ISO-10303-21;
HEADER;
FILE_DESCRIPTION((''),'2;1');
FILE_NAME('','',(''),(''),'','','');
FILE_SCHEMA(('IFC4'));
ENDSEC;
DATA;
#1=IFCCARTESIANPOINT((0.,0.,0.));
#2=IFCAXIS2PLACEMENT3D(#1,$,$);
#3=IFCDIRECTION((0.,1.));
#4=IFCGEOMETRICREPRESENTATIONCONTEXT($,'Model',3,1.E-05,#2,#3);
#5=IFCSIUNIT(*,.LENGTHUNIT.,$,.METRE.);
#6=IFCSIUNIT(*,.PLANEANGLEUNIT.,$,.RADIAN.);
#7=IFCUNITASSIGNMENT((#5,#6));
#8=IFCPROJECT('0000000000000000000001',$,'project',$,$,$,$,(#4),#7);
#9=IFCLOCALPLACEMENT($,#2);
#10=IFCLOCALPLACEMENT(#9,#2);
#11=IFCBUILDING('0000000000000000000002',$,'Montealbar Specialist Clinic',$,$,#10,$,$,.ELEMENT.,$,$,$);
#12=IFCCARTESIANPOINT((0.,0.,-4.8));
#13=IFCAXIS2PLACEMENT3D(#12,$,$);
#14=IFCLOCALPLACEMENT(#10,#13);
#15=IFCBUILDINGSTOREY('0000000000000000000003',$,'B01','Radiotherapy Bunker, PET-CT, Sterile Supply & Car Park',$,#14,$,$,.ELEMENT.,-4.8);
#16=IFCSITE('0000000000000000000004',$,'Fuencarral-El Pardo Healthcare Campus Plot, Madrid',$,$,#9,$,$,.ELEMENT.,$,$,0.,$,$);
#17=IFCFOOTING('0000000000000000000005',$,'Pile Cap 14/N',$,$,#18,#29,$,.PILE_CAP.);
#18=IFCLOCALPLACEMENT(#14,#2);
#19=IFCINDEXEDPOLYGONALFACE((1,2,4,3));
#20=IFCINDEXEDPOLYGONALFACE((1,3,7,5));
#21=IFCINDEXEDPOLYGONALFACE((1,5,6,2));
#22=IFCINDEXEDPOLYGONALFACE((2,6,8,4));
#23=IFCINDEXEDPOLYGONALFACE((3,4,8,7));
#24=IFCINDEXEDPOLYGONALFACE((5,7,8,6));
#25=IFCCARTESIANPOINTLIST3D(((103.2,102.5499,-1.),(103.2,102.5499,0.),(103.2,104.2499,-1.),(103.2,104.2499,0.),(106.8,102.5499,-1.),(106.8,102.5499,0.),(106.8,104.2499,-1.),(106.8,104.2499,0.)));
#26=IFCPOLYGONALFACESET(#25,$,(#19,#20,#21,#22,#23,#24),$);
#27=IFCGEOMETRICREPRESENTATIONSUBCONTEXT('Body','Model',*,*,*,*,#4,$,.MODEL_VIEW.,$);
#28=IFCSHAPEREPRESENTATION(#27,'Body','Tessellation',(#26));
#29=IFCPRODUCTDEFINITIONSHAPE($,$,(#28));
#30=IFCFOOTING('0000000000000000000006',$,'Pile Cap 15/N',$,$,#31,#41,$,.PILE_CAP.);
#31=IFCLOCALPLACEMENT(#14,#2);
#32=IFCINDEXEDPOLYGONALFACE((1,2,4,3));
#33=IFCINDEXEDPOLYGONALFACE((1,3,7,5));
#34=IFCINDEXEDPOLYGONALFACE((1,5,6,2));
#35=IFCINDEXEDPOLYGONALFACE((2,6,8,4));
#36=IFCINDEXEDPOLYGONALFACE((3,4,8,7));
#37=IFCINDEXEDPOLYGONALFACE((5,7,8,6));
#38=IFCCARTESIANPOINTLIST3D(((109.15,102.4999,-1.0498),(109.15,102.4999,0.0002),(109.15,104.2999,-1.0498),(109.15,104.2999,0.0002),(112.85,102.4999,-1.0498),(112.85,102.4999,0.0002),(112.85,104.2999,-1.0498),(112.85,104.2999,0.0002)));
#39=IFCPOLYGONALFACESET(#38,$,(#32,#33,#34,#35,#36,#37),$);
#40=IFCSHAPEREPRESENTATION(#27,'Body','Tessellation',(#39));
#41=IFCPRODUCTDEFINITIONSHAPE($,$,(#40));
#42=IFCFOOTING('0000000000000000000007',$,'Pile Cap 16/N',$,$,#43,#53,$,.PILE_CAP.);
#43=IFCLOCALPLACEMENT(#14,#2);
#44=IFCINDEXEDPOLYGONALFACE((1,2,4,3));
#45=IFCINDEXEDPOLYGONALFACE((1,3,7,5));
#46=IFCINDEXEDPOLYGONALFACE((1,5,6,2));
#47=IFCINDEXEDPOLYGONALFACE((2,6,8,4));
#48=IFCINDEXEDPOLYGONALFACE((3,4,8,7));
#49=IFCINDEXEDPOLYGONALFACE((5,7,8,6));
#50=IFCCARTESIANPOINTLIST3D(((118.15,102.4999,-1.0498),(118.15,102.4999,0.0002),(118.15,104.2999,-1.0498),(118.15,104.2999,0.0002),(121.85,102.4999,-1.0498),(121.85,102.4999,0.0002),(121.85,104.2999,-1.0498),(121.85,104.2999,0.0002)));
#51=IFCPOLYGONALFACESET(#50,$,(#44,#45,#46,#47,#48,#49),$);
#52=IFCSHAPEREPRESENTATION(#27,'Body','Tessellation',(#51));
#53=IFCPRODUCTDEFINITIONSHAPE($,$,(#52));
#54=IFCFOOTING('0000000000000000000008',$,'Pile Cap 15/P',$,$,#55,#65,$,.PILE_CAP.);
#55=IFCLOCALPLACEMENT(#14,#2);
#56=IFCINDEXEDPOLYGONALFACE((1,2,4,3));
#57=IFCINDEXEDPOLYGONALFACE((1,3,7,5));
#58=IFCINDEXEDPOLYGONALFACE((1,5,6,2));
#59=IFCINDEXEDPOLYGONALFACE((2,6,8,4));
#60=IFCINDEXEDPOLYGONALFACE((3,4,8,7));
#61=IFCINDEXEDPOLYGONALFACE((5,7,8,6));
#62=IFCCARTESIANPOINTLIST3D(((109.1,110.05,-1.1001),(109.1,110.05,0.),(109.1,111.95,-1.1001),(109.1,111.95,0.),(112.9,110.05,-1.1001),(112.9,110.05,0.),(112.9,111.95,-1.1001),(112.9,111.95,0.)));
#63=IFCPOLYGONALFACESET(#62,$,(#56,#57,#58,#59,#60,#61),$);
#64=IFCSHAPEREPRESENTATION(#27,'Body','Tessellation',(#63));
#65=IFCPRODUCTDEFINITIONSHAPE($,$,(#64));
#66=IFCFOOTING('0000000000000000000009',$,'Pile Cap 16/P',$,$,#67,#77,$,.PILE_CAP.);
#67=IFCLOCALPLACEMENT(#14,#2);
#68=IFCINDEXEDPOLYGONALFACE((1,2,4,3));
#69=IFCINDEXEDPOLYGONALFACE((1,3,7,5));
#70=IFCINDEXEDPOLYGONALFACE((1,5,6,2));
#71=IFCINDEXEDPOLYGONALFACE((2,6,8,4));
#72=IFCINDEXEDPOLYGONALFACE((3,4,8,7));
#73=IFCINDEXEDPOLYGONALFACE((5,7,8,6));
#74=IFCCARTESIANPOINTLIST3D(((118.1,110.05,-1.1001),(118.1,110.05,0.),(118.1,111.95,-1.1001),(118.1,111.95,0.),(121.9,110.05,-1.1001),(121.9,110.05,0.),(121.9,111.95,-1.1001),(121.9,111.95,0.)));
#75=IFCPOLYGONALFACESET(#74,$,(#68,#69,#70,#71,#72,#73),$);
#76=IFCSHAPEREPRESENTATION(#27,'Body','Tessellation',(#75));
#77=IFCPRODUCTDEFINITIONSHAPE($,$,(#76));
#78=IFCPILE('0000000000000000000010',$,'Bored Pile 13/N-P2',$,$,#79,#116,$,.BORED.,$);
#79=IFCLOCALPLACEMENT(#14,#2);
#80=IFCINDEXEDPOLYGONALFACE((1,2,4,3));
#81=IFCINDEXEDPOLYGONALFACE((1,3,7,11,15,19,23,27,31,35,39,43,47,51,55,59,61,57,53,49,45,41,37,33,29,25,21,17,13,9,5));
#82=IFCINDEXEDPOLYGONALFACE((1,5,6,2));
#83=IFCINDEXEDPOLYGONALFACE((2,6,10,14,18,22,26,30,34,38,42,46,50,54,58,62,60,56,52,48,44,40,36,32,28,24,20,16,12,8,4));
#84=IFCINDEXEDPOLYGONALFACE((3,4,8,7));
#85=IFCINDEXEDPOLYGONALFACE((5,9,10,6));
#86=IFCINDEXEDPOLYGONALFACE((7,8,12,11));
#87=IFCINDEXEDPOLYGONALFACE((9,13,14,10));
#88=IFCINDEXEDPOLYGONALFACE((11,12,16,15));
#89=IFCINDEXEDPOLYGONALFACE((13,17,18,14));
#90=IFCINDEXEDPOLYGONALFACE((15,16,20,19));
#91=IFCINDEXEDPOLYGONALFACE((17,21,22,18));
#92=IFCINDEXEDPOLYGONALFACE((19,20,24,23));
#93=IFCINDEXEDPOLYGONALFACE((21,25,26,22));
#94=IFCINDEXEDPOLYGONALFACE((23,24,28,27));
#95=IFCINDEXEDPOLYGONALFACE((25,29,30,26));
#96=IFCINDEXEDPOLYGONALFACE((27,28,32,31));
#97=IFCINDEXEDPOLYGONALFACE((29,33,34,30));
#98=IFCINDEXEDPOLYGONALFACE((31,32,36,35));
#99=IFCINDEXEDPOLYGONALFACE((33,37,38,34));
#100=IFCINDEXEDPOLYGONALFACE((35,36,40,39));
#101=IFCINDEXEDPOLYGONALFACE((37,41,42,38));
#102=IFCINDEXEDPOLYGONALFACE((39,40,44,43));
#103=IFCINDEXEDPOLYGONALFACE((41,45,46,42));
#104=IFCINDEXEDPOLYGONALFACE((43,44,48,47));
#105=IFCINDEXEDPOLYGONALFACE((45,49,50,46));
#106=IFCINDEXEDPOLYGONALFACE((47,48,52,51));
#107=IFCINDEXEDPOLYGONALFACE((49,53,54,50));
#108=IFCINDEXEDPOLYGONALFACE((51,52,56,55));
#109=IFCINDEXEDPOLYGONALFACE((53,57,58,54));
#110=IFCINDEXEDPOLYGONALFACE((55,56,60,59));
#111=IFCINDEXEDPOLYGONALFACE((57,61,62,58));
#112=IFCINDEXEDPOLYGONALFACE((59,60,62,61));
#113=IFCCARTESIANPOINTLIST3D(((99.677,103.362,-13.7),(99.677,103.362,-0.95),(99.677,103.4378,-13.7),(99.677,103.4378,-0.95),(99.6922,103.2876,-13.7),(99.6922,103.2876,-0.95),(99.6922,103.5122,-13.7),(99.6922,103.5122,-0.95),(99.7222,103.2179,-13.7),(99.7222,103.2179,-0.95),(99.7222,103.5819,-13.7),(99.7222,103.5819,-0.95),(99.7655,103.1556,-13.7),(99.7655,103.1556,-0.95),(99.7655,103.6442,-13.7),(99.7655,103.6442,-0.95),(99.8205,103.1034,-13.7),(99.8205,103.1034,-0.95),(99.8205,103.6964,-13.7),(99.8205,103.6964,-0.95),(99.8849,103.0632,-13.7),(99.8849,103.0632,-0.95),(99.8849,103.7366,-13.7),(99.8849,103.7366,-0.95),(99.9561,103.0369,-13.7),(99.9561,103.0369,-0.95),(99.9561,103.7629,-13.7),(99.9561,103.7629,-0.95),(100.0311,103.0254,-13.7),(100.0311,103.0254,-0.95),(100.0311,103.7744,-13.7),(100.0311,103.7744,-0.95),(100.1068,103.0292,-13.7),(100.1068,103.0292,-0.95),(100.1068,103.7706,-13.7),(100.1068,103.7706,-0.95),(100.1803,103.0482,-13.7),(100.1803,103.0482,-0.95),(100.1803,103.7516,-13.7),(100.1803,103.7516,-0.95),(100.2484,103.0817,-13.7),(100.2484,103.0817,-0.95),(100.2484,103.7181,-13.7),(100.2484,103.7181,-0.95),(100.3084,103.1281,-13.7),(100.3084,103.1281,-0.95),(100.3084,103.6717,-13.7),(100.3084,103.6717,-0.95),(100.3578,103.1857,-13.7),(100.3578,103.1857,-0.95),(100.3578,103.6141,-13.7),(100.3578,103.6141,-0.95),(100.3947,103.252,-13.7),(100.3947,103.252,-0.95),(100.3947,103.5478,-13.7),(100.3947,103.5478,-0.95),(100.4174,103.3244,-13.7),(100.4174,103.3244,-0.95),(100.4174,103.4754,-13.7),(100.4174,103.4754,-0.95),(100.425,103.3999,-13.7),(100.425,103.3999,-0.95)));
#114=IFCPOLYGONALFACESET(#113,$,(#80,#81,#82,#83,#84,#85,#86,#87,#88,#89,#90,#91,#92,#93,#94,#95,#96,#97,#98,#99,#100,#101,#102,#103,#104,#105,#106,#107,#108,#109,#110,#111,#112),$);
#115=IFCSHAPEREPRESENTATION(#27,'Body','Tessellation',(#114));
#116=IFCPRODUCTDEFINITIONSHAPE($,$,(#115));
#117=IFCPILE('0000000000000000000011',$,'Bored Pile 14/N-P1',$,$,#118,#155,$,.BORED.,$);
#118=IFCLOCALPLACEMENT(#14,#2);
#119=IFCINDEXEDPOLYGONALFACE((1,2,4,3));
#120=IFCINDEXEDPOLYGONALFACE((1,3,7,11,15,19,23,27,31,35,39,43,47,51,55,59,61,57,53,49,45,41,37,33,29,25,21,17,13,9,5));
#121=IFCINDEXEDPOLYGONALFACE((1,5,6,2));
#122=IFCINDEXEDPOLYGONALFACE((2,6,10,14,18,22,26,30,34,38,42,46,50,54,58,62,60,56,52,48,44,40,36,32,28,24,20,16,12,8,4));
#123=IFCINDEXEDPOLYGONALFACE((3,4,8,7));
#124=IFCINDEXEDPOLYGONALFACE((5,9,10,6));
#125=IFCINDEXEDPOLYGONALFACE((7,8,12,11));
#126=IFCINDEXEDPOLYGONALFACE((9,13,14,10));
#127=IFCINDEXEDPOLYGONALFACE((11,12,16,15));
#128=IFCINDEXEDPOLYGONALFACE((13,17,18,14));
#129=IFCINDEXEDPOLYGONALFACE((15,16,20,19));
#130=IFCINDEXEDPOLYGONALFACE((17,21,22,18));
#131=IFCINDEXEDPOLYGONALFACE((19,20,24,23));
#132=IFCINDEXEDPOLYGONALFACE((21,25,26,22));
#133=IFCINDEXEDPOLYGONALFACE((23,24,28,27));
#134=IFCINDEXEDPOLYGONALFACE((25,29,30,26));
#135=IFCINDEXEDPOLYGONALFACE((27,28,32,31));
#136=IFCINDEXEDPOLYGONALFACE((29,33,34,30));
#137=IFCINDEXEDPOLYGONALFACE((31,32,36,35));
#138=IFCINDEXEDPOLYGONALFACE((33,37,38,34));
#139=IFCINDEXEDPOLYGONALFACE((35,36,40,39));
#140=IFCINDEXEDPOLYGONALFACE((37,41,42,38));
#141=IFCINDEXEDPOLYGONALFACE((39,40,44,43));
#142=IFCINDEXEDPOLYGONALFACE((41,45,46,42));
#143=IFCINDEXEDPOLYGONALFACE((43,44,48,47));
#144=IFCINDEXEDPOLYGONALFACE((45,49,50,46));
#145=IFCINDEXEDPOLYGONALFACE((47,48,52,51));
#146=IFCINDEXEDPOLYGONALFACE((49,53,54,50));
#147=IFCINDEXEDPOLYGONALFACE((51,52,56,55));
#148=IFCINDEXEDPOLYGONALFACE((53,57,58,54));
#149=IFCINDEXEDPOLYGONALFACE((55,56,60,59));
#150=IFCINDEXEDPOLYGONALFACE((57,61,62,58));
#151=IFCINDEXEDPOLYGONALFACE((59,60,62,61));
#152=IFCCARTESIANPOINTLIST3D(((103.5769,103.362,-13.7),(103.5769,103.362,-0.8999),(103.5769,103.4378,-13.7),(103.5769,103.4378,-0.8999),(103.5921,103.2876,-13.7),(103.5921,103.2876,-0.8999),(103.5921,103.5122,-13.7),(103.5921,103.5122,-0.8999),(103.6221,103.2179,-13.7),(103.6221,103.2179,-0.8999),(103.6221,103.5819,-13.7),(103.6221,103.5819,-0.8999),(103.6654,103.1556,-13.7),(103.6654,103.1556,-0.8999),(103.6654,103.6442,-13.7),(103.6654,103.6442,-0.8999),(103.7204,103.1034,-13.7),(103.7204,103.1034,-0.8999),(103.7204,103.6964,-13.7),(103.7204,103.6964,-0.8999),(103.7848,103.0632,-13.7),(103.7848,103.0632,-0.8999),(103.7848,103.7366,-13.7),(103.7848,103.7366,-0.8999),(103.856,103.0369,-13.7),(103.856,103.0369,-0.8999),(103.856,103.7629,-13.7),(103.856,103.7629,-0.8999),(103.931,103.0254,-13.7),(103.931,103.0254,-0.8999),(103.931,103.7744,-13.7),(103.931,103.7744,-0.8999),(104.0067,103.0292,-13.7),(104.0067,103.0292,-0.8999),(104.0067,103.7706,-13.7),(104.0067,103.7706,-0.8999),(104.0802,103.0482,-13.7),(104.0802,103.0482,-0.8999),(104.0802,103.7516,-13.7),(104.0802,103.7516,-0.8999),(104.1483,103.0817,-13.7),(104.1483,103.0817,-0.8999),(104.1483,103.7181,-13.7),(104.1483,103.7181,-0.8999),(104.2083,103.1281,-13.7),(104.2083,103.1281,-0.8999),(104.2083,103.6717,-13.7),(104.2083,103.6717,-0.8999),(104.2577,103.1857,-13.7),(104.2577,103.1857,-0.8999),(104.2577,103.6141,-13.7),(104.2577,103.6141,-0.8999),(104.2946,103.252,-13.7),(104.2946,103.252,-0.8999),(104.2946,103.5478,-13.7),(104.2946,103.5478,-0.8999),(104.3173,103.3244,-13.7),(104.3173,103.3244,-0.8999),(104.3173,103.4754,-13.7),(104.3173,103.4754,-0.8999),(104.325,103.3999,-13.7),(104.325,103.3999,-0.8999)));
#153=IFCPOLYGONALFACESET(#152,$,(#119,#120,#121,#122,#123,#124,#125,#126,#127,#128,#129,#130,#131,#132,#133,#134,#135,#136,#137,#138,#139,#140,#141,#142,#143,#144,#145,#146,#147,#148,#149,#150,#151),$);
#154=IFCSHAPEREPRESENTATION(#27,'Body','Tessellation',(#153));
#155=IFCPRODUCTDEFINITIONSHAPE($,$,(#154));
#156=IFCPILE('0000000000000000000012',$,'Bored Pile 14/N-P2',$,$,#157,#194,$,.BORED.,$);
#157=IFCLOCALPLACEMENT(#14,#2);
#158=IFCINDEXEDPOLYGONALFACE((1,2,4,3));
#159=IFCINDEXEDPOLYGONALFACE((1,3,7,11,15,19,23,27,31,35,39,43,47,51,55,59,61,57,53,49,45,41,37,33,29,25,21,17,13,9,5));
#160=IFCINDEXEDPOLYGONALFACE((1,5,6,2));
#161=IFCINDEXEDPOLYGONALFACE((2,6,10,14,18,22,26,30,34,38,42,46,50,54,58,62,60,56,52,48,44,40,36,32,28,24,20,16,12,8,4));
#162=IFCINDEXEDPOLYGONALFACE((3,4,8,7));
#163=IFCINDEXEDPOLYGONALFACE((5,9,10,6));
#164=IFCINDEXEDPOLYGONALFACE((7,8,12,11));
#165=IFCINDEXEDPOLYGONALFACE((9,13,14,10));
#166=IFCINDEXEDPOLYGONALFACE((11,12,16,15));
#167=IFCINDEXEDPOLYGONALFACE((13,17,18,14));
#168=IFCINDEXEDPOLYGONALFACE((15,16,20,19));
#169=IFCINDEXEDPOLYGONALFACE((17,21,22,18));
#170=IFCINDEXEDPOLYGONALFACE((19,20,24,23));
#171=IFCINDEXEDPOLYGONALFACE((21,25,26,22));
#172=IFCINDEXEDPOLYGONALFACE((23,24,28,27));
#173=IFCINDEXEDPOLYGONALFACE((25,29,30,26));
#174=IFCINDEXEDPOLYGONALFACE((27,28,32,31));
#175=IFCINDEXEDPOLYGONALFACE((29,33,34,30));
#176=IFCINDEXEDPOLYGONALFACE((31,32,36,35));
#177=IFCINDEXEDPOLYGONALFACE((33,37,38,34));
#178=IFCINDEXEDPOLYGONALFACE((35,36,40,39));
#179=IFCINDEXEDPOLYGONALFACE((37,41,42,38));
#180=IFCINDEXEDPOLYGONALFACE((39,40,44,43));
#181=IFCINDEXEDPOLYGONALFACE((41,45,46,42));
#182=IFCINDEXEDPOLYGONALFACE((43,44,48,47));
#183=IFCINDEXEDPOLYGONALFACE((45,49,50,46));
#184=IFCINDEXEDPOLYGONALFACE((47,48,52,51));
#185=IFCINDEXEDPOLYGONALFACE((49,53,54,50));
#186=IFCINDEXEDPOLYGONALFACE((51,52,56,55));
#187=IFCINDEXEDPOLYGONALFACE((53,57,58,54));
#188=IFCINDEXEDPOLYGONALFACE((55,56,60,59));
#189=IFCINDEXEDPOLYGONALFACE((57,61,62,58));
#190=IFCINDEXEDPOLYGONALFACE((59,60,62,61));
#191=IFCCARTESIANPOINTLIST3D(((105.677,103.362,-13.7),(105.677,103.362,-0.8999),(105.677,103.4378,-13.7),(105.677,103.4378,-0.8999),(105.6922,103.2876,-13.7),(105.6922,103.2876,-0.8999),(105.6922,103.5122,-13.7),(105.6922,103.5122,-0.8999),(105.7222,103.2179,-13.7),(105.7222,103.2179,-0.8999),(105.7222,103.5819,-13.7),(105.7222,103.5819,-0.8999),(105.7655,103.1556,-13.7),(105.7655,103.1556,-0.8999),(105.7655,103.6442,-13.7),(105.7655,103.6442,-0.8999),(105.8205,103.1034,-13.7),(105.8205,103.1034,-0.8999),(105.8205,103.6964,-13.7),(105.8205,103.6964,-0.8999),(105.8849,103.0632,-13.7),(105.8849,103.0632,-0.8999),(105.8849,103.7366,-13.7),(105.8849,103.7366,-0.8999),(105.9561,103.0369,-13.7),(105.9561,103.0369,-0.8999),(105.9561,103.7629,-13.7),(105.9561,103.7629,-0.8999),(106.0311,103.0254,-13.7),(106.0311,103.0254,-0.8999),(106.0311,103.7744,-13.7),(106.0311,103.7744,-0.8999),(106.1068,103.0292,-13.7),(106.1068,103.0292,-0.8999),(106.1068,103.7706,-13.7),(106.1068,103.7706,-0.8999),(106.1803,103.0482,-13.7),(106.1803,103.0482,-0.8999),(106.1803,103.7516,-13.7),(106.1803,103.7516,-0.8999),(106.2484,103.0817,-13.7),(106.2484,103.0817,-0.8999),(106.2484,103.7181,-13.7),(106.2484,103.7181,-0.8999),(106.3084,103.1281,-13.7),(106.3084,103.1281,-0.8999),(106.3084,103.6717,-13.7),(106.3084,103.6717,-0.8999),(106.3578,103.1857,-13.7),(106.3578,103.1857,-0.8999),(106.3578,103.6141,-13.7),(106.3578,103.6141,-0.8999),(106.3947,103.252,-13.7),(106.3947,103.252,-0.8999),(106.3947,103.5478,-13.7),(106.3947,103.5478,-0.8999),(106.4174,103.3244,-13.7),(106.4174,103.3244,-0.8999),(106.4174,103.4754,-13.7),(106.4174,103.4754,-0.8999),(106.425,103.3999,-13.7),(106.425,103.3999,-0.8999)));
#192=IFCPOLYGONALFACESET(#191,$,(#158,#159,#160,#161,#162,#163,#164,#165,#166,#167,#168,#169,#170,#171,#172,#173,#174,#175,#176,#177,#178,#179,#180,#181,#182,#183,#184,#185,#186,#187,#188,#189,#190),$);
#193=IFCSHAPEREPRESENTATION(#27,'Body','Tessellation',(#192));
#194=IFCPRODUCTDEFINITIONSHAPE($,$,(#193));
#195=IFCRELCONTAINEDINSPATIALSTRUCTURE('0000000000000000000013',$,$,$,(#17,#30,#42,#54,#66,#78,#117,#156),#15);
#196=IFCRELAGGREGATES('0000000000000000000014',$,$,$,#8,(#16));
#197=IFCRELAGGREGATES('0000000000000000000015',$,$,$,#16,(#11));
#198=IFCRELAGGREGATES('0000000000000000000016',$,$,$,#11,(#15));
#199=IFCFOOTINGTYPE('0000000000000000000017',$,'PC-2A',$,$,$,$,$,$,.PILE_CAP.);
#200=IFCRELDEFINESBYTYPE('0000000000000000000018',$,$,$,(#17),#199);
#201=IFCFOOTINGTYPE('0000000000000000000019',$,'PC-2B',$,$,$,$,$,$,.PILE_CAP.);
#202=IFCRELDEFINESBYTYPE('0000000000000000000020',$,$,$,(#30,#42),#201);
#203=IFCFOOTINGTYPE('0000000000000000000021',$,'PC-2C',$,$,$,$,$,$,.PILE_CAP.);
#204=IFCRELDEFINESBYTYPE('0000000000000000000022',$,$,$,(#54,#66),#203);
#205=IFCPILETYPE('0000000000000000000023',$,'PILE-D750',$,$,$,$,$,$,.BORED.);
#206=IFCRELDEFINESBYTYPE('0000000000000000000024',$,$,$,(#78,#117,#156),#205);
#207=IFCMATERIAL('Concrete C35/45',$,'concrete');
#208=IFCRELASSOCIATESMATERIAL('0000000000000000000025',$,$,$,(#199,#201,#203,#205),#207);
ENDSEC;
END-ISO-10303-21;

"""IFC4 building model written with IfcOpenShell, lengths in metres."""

from ifc_helpers import new_model, si_unit, direction, frame, origin, origin_2d, place, context, subcontext, project, spatial, rectangle, circle, extrude, material, material_profile, profile_set, type_object, element, save


model = new_model("IFC4")

# Units and contexts
model_context = context("Model", 3, precision=1e-05, world=origin(), true_north=direction((0.0, 1.0)))
body_context = subcontext(model_context, "Body", "Model", "MODEL_VIEW")
ifc_project = project(units=[si_unit("LENGTHUNIT", "METRE"), si_unit("PLANEANGLEUNIT", "RADIAN")], contexts=[model_context])

# Site, building, storey
site_placement = place(None, origin())
site = spatial("IfcSite", under=ifc_project, at=site_placement, Name="Fuencarral-El Pardo Healthcare Campus Plot, Madrid", CompositionType="ELEMENT", RefElevation=0.0)
building_placement = place(site_placement, origin())
building = spatial("IfcBuilding", under=site, at=building_placement, Name="Montealbar Specialist Clinic", CompositionType="ELEMENT")
storey_placement = place(building_placement, frame((0.0, 0.0, -4.8)))
storey = spatial("IfcBuildingStorey", under=building, at=storey_placement, Name="B01", Description="Radiotherapy Bunker, PET-CT, Sterile Supply & Car Park", CompositionType="ELEMENT", Elevation=-4.8)

# Footings
ifc_material_1 = material(Name="Concrete C35/45", Category="concrete")
footing_type_1 = type_object("IfcFootingType", Name="PC-2A", PredefinedType="PILE_CAP", material=ifc_material_1)
footing_placement = place(storey_placement, frame((105.0, 103.3999, -1.0), z_axis=(0.0, 0.0, 1.0), x_axis=(1.0, 0.0, 0.0)))
element("IfcFooting", 1, at=footing_placement, inside=storey, type_object=footing_type_1, Name="Pile Cap 14/N", PredefinedType="PILE_CAP", context=body_context, shape_type="SweptSolid", body=[
    extrude(rectangle(XDim=3.6001, YDim=1.7, at=origin_2d()), origin(), (0.0, 0.0, 1.0), 1.0),
])
footing_type_2 = type_object("IfcFootingType", Name="PC-2B", PredefinedType="PILE_CAP", material=ifc_material_1)
for number, where, z_axis, x_axis, name in (
    (2, (111.0, 103.3999, -1.0498), (0.0, 0.0, 1.0), (1.0, 0.0, 0.0), "Pile Cap 15/N"),
    (3, (120.0, 103.3999, -1.0498), (0.0, 0.0, 1.0), (1.0, 0.0, 0.0), "Pile Cap 16/N"),
):
    element("IfcFooting", number, at=place(storey_placement, frame(where, z_axis=z_axis, x_axis=x_axis)), inside=storey, type_object=footing_type_2, Name=name, PredefinedType="PILE_CAP", context=body_context, shape_type="SweptSolid", body=[
        extrude(rectangle(XDim=3.7, YDim=1.8, at=origin_2d()), origin(), (0.0, 0.0, 1.0), 1.05),
    ])
footing_type_3 = type_object("IfcFootingType", Name="PC-2C", PredefinedType="PILE_CAP", material=ifc_material_1)
for number, where, z_axis, x_axis, name in (
    (4, (111.0, 111.0, -1.1001), (0.0, 0.0, 1.0), (1.0, 0.0, 0.0), "Pile Cap 15/P"),
    (5, (120.0, 111.0, -1.1001), (0.0, 0.0, 1.0), (1.0, 0.0, 0.0), "Pile Cap 16/P"),
):
    element("IfcFooting", number, at=place(storey_placement, frame(where, z_axis=z_axis, x_axis=x_axis)), inside=storey, type_object=footing_type_3, Name=name, PredefinedType="PILE_CAP", context=body_context, shape_type="SweptSolid", body=[
        extrude(rectangle(XDim=3.8, YDim=1.8999, at=origin_2d()), origin(), (0.0, 0.0, 1.0), 1.1001),
    ])

# Piles
ifc_material_profile_1 = material_profile(ifc_material_1, circle(Radius=0.375, at=origin_2d()), Name="PILE D750", Category="concrete")
ifc_profile_set_1 = profile_set([ifc_material_profile_1], Name="Concrete C35/45")
pile_type = type_object("IfcPileType", Name="PILE-D750", PredefinedType="BORED", material=ifc_profile_set_1)
pile_1_placement = place(storey_placement, frame((100.05, 103.3999, -0.95), z_axis=(0.0, 0.0, -1.0), x_axis=(1.0, 0.0, 0.0)))
element("IfcPile", 6, at=pile_1_placement, inside=storey, type_object=pile_type, Name="Bored Pile 13/N-P2", PredefinedType="BORED", context=body_context, shape_type="SweptSolid", body=[
    extrude(circle(Radius=0.375, at=origin_2d()), origin(), (0.0, 0.0, 1.0), 12.75),
])
for number, where, z_axis, x_axis, name in (
    (7, (103.95, 103.3999, -0.8999), (0.0, 0.0, -1.0), (1.0, 0.0, 0.0), "Bored Pile 14/N-P1"),
    (8, (106.05, 103.3999, -0.8999), (0.0, 0.0, -1.0), (1.0, 0.0, 0.0), "Bored Pile 14/N-P2"),
):
    element("IfcPile", number, at=place(storey_placement, frame(where, z_axis=z_axis, x_axis=x_axis)), inside=storey, type_object=pile_type, Name=name, PredefinedType="BORED", context=body_context, shape_type="SweptSolid", body=[
        extrude(circle(Radius=0.375, at=origin_2d()), origin(), (0.0, 0.0, 1.0), 12.8),
    ])

save(model, "model.ifc")
